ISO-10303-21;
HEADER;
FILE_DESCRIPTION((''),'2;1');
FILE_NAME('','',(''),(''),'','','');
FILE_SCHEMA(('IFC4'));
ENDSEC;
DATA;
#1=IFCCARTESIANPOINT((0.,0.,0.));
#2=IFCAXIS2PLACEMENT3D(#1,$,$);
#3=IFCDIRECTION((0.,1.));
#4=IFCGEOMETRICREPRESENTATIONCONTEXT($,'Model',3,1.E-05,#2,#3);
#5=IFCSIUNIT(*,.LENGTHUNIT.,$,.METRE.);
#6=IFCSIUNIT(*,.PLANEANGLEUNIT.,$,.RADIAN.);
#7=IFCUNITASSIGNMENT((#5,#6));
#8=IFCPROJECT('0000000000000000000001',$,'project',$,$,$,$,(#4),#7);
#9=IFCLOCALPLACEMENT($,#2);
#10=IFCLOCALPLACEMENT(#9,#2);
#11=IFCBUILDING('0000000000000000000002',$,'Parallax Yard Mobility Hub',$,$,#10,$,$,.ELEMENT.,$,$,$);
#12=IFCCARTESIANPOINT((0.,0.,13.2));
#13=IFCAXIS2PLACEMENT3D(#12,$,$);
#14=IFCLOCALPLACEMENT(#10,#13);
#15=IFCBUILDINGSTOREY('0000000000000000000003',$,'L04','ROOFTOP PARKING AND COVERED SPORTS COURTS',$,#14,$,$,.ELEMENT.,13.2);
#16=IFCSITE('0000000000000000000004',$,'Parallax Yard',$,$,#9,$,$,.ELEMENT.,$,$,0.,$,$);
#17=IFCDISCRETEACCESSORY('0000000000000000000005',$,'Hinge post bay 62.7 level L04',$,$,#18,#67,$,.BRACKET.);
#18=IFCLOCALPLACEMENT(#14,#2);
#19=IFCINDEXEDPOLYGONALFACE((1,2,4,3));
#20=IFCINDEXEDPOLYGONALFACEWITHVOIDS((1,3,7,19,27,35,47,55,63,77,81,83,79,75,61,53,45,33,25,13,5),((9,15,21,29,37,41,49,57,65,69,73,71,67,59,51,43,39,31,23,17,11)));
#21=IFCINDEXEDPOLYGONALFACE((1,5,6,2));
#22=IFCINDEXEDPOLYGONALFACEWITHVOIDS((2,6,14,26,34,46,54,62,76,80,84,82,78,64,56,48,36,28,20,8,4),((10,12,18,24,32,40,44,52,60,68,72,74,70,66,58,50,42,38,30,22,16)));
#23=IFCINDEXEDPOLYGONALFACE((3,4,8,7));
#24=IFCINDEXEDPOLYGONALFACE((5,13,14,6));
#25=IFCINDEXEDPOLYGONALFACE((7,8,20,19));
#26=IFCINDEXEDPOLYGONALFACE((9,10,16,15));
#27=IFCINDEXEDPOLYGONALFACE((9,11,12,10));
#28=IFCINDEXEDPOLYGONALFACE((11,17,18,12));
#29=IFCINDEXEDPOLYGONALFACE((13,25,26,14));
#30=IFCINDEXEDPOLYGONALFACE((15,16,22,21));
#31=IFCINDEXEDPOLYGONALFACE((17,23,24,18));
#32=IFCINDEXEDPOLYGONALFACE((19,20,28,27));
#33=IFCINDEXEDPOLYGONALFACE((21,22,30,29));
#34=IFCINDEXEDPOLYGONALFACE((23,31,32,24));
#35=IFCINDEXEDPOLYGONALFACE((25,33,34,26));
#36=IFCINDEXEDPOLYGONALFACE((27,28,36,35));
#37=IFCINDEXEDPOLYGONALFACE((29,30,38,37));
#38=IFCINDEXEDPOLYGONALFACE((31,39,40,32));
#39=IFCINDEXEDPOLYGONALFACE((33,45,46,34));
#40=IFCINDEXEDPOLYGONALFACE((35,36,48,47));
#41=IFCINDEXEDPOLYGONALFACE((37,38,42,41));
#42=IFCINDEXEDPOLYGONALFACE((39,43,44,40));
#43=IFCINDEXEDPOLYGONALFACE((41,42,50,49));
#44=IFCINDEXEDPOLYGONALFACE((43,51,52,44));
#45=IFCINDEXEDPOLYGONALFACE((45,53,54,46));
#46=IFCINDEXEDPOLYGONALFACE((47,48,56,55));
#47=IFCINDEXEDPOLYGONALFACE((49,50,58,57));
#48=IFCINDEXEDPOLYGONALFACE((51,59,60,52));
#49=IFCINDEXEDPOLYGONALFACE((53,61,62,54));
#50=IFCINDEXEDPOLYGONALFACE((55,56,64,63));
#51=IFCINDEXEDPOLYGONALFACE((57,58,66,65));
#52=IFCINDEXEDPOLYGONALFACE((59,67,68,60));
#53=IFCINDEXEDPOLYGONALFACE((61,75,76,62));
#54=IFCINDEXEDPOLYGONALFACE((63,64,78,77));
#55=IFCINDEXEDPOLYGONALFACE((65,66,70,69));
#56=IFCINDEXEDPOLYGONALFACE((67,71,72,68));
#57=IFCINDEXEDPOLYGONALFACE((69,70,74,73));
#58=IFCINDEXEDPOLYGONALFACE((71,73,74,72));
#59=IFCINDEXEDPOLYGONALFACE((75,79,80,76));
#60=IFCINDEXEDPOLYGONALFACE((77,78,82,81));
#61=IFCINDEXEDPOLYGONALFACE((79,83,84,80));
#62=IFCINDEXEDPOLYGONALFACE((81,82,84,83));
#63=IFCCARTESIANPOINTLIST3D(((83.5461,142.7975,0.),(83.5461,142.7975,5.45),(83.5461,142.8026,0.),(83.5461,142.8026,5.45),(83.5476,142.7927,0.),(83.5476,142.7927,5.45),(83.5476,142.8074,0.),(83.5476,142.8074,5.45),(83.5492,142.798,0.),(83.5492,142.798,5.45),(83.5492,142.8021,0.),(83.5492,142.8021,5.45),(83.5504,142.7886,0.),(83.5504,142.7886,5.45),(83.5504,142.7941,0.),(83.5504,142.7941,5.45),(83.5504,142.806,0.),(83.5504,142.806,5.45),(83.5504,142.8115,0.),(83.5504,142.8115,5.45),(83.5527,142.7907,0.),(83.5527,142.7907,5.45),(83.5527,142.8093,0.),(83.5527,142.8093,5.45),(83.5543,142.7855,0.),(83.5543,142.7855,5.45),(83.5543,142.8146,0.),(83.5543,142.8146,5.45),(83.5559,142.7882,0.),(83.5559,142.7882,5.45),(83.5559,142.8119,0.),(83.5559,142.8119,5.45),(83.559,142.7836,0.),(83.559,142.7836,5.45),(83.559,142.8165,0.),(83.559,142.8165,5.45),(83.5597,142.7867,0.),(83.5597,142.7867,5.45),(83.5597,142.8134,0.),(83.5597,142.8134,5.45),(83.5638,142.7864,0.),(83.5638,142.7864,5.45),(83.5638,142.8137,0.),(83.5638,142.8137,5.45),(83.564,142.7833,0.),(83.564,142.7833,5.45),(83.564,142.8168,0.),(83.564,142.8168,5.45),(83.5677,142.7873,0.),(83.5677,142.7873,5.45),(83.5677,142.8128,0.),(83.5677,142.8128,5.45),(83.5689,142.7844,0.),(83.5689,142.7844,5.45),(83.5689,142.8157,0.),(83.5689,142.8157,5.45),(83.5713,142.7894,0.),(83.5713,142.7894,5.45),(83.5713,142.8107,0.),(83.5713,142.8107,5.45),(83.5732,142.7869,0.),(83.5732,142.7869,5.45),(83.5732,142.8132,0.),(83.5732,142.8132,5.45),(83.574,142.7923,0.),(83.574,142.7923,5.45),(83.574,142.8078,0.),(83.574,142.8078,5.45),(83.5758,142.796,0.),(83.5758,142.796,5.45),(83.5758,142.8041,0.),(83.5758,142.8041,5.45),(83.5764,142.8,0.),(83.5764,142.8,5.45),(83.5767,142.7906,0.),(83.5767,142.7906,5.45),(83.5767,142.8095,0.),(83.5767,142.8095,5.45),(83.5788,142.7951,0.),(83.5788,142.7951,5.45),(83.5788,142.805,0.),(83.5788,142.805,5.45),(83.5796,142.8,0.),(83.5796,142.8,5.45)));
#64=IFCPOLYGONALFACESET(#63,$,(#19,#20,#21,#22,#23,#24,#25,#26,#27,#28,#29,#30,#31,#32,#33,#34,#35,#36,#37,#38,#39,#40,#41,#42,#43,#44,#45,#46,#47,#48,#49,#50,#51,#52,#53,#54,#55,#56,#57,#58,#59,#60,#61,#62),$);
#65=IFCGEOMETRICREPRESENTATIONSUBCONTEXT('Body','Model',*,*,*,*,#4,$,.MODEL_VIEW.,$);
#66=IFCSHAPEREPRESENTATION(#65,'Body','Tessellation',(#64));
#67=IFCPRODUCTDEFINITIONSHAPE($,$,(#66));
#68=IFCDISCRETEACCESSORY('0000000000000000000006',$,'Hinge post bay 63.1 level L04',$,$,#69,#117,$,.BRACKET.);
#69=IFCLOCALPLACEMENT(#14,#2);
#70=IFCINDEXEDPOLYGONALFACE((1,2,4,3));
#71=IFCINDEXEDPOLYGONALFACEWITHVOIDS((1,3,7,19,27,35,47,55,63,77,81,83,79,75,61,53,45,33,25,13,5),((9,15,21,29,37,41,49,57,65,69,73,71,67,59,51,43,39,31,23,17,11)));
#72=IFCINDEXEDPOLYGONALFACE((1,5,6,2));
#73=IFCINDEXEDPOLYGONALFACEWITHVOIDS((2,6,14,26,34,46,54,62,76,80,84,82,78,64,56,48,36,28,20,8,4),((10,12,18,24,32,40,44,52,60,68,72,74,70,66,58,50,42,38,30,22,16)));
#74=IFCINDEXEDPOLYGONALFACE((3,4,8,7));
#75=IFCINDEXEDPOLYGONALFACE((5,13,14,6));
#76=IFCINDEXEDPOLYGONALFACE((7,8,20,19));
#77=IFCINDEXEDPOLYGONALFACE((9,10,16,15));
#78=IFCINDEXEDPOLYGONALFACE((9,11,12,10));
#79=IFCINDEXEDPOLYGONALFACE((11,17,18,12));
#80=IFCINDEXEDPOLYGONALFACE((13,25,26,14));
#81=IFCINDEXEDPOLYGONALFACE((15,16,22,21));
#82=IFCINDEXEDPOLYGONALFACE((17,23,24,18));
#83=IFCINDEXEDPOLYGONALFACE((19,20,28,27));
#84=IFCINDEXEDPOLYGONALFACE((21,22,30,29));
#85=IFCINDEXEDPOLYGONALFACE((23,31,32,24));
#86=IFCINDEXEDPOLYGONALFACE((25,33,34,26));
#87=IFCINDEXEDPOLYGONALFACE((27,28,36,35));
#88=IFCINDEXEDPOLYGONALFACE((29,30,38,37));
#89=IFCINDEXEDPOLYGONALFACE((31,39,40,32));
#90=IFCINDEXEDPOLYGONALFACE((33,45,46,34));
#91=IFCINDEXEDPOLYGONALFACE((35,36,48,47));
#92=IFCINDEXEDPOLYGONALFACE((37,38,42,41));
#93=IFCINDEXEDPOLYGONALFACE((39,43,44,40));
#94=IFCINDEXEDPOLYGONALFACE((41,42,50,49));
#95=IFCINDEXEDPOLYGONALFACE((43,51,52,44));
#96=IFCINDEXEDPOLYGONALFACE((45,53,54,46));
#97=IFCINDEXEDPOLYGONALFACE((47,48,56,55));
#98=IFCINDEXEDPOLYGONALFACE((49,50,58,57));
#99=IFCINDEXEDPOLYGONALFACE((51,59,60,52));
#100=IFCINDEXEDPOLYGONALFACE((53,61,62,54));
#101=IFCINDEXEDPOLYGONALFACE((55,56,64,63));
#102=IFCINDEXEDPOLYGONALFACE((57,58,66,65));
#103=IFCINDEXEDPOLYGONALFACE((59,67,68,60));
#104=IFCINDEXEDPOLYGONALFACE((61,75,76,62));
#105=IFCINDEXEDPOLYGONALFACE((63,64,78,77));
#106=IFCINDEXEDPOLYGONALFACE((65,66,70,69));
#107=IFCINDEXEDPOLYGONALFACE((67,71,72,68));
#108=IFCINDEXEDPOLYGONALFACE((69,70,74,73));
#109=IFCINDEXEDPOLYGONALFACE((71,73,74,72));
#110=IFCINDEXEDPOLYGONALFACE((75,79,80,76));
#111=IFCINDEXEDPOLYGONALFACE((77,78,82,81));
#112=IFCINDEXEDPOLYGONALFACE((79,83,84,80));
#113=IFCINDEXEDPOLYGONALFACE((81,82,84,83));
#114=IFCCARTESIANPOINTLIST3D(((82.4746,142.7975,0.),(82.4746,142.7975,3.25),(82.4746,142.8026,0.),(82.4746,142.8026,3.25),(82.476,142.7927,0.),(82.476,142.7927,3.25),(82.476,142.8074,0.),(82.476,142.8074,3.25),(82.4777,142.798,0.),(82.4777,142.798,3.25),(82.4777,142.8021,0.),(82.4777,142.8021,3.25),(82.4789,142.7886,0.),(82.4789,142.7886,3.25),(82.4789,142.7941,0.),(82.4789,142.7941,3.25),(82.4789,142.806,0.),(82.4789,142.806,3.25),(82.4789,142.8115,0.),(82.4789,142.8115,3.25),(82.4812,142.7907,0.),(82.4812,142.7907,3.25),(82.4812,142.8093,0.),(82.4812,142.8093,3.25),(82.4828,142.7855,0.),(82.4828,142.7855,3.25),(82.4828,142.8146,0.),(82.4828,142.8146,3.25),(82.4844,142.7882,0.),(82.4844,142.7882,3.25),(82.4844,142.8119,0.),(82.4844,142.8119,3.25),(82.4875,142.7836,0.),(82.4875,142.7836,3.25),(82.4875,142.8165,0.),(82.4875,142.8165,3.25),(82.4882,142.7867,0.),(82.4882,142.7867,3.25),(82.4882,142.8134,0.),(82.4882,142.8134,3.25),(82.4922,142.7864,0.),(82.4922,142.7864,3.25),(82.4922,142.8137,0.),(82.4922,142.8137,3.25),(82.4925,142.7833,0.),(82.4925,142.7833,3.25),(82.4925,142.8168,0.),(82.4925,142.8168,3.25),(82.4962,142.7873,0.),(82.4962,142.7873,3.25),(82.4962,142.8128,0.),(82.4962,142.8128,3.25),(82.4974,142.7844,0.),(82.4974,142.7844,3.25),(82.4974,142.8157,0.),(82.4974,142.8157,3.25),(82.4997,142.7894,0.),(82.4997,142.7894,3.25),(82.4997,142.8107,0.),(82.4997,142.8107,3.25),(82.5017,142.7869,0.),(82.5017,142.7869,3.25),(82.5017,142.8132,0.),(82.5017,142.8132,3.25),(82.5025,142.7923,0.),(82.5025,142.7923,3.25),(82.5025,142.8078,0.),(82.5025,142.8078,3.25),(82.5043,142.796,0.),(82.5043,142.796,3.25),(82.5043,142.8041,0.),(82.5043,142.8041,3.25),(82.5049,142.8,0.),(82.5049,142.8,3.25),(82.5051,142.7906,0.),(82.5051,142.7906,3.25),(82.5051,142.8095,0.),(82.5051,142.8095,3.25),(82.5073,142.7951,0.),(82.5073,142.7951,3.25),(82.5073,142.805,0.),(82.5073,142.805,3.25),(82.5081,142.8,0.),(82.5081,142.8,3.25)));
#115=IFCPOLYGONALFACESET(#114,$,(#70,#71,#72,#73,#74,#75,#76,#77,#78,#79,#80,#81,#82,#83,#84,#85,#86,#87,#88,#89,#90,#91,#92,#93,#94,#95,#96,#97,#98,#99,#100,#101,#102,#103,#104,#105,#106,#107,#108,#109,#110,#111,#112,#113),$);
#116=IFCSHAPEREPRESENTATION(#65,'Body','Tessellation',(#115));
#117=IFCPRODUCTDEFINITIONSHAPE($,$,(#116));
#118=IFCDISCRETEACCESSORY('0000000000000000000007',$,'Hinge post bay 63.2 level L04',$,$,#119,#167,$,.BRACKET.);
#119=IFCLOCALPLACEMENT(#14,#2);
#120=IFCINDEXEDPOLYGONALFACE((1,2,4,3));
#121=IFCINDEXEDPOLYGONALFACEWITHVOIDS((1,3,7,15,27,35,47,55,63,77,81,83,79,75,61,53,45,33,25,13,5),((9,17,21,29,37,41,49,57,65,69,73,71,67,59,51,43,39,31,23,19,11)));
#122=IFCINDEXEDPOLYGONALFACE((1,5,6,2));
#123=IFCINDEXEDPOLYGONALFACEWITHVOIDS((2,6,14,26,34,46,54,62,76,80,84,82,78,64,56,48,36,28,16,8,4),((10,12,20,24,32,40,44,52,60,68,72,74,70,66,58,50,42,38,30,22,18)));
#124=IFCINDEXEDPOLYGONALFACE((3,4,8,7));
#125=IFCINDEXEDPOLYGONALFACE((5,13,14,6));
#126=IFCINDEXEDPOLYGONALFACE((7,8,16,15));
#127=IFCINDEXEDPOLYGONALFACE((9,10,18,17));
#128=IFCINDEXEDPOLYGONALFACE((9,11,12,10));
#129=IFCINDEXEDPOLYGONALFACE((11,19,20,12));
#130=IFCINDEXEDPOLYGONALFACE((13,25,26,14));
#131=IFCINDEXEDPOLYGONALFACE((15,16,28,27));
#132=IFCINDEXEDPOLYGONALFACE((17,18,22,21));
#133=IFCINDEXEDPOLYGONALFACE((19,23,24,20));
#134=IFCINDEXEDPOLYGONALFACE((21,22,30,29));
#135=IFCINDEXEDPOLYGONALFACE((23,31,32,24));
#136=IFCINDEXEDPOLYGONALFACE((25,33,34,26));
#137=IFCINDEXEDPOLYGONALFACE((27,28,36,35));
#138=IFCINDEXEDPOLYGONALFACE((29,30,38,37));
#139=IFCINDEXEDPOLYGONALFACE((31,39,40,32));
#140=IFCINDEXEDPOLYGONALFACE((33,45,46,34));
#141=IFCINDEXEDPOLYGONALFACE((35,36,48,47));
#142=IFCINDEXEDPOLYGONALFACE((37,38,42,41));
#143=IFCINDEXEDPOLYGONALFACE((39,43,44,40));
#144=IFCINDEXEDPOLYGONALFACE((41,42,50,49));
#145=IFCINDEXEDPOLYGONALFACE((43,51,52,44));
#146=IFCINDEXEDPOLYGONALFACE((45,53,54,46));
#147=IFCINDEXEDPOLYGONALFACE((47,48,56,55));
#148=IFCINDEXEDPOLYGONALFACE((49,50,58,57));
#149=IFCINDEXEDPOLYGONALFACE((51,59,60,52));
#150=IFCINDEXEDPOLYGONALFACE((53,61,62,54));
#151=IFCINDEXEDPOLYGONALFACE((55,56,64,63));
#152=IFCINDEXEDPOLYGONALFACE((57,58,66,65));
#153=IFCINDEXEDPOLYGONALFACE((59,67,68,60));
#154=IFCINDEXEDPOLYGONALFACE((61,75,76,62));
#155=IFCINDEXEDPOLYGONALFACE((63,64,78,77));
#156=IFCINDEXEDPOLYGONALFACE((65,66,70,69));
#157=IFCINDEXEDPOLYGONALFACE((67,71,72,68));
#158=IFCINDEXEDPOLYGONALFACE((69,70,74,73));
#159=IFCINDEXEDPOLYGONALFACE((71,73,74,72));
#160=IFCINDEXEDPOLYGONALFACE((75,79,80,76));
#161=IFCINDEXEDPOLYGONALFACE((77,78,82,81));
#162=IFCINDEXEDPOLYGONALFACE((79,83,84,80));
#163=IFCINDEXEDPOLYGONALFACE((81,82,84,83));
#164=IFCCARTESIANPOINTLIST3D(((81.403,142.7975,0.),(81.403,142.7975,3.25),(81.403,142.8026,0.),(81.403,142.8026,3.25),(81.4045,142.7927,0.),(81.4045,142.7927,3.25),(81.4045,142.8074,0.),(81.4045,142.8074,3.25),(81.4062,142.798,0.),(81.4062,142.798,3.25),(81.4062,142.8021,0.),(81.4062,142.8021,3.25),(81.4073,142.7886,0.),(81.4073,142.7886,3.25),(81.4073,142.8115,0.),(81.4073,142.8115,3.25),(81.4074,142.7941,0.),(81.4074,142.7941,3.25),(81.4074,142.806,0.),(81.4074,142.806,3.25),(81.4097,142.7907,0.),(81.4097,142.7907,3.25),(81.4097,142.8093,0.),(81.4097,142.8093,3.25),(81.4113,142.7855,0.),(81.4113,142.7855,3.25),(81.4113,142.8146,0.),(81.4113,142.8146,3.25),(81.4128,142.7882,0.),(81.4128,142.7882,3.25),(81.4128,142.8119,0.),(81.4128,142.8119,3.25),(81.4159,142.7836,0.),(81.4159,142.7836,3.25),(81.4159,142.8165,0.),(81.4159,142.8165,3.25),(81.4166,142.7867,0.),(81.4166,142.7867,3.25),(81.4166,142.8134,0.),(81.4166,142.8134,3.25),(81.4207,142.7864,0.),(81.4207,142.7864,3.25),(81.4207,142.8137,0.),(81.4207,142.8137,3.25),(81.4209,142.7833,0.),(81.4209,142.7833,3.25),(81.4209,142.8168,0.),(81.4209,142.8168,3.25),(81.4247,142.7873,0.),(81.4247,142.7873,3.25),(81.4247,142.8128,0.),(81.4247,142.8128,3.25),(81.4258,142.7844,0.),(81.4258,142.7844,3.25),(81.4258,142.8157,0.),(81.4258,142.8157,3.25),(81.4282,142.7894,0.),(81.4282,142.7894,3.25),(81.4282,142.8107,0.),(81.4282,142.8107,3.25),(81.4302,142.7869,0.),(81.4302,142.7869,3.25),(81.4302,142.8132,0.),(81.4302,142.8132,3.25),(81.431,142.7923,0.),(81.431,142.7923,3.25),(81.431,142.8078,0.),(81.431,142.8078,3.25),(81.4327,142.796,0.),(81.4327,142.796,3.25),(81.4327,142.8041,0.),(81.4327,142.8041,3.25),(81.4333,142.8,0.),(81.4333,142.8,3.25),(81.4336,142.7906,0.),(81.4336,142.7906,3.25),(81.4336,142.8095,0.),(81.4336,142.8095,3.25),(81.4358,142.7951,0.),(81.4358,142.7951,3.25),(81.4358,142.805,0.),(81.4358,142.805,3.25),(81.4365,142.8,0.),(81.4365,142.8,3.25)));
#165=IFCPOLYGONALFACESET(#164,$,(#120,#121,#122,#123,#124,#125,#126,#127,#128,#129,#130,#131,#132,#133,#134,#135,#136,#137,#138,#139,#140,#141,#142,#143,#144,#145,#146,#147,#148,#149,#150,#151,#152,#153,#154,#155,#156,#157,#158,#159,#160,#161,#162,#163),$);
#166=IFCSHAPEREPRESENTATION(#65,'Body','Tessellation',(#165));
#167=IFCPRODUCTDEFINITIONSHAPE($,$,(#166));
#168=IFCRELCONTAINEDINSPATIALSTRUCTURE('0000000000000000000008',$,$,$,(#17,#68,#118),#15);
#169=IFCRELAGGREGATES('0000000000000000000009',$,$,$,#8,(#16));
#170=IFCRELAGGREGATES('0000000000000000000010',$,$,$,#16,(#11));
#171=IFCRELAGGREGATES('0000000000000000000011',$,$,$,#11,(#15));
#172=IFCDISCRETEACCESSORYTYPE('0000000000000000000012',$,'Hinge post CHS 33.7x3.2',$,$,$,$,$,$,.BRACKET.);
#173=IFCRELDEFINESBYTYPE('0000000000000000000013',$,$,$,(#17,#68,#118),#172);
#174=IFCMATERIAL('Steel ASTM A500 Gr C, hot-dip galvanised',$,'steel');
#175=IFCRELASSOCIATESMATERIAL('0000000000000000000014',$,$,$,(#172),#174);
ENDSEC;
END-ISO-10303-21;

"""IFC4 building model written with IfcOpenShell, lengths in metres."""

from ifc_helpers import new_model, si_unit, direction, frame, origin, origin_2d, place, context, subcontext, project, spatial, hollow_circle, extrude, material, material_profile, profile_set, type_object, element, save


model = new_model("IFC4")

# Units and contexts
model_context = context("Model", 3, precision=1e-05, world=origin(), true_north=direction((0.0, 1.0)))
body_context = subcontext(model_context, "Body", "Model", "MODEL_VIEW")
ifc_project = project(units=[si_unit("LENGTHUNIT", "METRE"), si_unit("PLANEANGLEUNIT", "RADIAN")], contexts=[model_context])

# Site, building, storey
site_placement = place(None, origin())
site = spatial("IfcSite", under=ifc_project, at=site_placement, Name="Parallax Yard", CompositionType="ELEMENT", RefElevation=0.0)
building_placement = place(site_placement, origin())
building = spatial("IfcBuilding", under=site, at=building_placement, Name="Parallax Yard Mobility Hub", CompositionType="ELEMENT")
storey_placement = place(building_placement, frame((0.0, 0.0, 13.2)))
storey = spatial("IfcBuildingStorey", under=building, at=storey_placement, Name="L04", Description="ROOFTOP PARKING AND COVERED SPORTS COURTS", CompositionType="ELEMENT", Elevation=13.2)

# Discrete accessories
ifc_material_1 = material(Name="Steel ASTM A500 Gr C, hot-dip galvanised", Category="steel")
ifc_material_profile = material_profile(ifc_material_1, hollow_circle(Radius=0.0168, WallThickness=0.0032, at=origin_2d()), Name="CHS 33.7x3.2")
ifc_profile_set = profile_set([ifc_material_profile], Name="Steel ASTM A500 Gr C, hot-dip galvanised")
discrete_accessory_type_1 = type_object("IfcDiscreteAccessoryType", Name="Hinge post CHS 33.7x3.2", PredefinedType="BRACKET", material=ifc_profile_set)
for number, where, z_axis, x_axis, name in (
    (1, (83.5627, 142.8, 0.0), (0.0, 0.0, 1.0), (1.0, 0.0, 0.0), "Hinge post bay 62.7 level L04"),
):
    element("IfcDiscreteAccessory", number, at=place(storey_placement, frame(where, z_axis=z_axis, x_axis=x_axis)), inside=storey, type_object=discrete_accessory_type_1, Name=name, PredefinedType="BRACKET", context=body_context, shape_type="SweptSolid", body=[
        extrude(hollow_circle(Radius=0.0168, WallThickness=0.0032, at=origin_2d()), origin(), (0.0, 0.0, 1.0), 5.45),
    ])
for number, where, z_axis, x_axis, name in (
    (2, (82.4912, 142.8, 0.0), (0.0, 0.0, 1.0), (1.0, 0.0, 0.0), "Hinge post bay 63.1 level L04"),
    (3, (81.4197, 142.8, 0.0), (0.0, 0.0, 1.0), (1.0, 0.0, 0.0), "Hinge post bay 63.2 level L04"),
):
    element("IfcDiscreteAccessory", number, at=place(storey_placement, frame(where, z_axis=z_axis, x_axis=x_axis)), inside=storey, type_object=discrete_accessory_type_1, Name=name, PredefinedType="BRACKET", context=body_context, shape_type="SweptSolid", body=[
        extrude(hollow_circle(Radius=0.0168, WallThickness=0.0032, at=origin_2d()), origin(), (0.0, 0.0, 1.0), 3.25),
    ])

save(model, "model.ifc")
